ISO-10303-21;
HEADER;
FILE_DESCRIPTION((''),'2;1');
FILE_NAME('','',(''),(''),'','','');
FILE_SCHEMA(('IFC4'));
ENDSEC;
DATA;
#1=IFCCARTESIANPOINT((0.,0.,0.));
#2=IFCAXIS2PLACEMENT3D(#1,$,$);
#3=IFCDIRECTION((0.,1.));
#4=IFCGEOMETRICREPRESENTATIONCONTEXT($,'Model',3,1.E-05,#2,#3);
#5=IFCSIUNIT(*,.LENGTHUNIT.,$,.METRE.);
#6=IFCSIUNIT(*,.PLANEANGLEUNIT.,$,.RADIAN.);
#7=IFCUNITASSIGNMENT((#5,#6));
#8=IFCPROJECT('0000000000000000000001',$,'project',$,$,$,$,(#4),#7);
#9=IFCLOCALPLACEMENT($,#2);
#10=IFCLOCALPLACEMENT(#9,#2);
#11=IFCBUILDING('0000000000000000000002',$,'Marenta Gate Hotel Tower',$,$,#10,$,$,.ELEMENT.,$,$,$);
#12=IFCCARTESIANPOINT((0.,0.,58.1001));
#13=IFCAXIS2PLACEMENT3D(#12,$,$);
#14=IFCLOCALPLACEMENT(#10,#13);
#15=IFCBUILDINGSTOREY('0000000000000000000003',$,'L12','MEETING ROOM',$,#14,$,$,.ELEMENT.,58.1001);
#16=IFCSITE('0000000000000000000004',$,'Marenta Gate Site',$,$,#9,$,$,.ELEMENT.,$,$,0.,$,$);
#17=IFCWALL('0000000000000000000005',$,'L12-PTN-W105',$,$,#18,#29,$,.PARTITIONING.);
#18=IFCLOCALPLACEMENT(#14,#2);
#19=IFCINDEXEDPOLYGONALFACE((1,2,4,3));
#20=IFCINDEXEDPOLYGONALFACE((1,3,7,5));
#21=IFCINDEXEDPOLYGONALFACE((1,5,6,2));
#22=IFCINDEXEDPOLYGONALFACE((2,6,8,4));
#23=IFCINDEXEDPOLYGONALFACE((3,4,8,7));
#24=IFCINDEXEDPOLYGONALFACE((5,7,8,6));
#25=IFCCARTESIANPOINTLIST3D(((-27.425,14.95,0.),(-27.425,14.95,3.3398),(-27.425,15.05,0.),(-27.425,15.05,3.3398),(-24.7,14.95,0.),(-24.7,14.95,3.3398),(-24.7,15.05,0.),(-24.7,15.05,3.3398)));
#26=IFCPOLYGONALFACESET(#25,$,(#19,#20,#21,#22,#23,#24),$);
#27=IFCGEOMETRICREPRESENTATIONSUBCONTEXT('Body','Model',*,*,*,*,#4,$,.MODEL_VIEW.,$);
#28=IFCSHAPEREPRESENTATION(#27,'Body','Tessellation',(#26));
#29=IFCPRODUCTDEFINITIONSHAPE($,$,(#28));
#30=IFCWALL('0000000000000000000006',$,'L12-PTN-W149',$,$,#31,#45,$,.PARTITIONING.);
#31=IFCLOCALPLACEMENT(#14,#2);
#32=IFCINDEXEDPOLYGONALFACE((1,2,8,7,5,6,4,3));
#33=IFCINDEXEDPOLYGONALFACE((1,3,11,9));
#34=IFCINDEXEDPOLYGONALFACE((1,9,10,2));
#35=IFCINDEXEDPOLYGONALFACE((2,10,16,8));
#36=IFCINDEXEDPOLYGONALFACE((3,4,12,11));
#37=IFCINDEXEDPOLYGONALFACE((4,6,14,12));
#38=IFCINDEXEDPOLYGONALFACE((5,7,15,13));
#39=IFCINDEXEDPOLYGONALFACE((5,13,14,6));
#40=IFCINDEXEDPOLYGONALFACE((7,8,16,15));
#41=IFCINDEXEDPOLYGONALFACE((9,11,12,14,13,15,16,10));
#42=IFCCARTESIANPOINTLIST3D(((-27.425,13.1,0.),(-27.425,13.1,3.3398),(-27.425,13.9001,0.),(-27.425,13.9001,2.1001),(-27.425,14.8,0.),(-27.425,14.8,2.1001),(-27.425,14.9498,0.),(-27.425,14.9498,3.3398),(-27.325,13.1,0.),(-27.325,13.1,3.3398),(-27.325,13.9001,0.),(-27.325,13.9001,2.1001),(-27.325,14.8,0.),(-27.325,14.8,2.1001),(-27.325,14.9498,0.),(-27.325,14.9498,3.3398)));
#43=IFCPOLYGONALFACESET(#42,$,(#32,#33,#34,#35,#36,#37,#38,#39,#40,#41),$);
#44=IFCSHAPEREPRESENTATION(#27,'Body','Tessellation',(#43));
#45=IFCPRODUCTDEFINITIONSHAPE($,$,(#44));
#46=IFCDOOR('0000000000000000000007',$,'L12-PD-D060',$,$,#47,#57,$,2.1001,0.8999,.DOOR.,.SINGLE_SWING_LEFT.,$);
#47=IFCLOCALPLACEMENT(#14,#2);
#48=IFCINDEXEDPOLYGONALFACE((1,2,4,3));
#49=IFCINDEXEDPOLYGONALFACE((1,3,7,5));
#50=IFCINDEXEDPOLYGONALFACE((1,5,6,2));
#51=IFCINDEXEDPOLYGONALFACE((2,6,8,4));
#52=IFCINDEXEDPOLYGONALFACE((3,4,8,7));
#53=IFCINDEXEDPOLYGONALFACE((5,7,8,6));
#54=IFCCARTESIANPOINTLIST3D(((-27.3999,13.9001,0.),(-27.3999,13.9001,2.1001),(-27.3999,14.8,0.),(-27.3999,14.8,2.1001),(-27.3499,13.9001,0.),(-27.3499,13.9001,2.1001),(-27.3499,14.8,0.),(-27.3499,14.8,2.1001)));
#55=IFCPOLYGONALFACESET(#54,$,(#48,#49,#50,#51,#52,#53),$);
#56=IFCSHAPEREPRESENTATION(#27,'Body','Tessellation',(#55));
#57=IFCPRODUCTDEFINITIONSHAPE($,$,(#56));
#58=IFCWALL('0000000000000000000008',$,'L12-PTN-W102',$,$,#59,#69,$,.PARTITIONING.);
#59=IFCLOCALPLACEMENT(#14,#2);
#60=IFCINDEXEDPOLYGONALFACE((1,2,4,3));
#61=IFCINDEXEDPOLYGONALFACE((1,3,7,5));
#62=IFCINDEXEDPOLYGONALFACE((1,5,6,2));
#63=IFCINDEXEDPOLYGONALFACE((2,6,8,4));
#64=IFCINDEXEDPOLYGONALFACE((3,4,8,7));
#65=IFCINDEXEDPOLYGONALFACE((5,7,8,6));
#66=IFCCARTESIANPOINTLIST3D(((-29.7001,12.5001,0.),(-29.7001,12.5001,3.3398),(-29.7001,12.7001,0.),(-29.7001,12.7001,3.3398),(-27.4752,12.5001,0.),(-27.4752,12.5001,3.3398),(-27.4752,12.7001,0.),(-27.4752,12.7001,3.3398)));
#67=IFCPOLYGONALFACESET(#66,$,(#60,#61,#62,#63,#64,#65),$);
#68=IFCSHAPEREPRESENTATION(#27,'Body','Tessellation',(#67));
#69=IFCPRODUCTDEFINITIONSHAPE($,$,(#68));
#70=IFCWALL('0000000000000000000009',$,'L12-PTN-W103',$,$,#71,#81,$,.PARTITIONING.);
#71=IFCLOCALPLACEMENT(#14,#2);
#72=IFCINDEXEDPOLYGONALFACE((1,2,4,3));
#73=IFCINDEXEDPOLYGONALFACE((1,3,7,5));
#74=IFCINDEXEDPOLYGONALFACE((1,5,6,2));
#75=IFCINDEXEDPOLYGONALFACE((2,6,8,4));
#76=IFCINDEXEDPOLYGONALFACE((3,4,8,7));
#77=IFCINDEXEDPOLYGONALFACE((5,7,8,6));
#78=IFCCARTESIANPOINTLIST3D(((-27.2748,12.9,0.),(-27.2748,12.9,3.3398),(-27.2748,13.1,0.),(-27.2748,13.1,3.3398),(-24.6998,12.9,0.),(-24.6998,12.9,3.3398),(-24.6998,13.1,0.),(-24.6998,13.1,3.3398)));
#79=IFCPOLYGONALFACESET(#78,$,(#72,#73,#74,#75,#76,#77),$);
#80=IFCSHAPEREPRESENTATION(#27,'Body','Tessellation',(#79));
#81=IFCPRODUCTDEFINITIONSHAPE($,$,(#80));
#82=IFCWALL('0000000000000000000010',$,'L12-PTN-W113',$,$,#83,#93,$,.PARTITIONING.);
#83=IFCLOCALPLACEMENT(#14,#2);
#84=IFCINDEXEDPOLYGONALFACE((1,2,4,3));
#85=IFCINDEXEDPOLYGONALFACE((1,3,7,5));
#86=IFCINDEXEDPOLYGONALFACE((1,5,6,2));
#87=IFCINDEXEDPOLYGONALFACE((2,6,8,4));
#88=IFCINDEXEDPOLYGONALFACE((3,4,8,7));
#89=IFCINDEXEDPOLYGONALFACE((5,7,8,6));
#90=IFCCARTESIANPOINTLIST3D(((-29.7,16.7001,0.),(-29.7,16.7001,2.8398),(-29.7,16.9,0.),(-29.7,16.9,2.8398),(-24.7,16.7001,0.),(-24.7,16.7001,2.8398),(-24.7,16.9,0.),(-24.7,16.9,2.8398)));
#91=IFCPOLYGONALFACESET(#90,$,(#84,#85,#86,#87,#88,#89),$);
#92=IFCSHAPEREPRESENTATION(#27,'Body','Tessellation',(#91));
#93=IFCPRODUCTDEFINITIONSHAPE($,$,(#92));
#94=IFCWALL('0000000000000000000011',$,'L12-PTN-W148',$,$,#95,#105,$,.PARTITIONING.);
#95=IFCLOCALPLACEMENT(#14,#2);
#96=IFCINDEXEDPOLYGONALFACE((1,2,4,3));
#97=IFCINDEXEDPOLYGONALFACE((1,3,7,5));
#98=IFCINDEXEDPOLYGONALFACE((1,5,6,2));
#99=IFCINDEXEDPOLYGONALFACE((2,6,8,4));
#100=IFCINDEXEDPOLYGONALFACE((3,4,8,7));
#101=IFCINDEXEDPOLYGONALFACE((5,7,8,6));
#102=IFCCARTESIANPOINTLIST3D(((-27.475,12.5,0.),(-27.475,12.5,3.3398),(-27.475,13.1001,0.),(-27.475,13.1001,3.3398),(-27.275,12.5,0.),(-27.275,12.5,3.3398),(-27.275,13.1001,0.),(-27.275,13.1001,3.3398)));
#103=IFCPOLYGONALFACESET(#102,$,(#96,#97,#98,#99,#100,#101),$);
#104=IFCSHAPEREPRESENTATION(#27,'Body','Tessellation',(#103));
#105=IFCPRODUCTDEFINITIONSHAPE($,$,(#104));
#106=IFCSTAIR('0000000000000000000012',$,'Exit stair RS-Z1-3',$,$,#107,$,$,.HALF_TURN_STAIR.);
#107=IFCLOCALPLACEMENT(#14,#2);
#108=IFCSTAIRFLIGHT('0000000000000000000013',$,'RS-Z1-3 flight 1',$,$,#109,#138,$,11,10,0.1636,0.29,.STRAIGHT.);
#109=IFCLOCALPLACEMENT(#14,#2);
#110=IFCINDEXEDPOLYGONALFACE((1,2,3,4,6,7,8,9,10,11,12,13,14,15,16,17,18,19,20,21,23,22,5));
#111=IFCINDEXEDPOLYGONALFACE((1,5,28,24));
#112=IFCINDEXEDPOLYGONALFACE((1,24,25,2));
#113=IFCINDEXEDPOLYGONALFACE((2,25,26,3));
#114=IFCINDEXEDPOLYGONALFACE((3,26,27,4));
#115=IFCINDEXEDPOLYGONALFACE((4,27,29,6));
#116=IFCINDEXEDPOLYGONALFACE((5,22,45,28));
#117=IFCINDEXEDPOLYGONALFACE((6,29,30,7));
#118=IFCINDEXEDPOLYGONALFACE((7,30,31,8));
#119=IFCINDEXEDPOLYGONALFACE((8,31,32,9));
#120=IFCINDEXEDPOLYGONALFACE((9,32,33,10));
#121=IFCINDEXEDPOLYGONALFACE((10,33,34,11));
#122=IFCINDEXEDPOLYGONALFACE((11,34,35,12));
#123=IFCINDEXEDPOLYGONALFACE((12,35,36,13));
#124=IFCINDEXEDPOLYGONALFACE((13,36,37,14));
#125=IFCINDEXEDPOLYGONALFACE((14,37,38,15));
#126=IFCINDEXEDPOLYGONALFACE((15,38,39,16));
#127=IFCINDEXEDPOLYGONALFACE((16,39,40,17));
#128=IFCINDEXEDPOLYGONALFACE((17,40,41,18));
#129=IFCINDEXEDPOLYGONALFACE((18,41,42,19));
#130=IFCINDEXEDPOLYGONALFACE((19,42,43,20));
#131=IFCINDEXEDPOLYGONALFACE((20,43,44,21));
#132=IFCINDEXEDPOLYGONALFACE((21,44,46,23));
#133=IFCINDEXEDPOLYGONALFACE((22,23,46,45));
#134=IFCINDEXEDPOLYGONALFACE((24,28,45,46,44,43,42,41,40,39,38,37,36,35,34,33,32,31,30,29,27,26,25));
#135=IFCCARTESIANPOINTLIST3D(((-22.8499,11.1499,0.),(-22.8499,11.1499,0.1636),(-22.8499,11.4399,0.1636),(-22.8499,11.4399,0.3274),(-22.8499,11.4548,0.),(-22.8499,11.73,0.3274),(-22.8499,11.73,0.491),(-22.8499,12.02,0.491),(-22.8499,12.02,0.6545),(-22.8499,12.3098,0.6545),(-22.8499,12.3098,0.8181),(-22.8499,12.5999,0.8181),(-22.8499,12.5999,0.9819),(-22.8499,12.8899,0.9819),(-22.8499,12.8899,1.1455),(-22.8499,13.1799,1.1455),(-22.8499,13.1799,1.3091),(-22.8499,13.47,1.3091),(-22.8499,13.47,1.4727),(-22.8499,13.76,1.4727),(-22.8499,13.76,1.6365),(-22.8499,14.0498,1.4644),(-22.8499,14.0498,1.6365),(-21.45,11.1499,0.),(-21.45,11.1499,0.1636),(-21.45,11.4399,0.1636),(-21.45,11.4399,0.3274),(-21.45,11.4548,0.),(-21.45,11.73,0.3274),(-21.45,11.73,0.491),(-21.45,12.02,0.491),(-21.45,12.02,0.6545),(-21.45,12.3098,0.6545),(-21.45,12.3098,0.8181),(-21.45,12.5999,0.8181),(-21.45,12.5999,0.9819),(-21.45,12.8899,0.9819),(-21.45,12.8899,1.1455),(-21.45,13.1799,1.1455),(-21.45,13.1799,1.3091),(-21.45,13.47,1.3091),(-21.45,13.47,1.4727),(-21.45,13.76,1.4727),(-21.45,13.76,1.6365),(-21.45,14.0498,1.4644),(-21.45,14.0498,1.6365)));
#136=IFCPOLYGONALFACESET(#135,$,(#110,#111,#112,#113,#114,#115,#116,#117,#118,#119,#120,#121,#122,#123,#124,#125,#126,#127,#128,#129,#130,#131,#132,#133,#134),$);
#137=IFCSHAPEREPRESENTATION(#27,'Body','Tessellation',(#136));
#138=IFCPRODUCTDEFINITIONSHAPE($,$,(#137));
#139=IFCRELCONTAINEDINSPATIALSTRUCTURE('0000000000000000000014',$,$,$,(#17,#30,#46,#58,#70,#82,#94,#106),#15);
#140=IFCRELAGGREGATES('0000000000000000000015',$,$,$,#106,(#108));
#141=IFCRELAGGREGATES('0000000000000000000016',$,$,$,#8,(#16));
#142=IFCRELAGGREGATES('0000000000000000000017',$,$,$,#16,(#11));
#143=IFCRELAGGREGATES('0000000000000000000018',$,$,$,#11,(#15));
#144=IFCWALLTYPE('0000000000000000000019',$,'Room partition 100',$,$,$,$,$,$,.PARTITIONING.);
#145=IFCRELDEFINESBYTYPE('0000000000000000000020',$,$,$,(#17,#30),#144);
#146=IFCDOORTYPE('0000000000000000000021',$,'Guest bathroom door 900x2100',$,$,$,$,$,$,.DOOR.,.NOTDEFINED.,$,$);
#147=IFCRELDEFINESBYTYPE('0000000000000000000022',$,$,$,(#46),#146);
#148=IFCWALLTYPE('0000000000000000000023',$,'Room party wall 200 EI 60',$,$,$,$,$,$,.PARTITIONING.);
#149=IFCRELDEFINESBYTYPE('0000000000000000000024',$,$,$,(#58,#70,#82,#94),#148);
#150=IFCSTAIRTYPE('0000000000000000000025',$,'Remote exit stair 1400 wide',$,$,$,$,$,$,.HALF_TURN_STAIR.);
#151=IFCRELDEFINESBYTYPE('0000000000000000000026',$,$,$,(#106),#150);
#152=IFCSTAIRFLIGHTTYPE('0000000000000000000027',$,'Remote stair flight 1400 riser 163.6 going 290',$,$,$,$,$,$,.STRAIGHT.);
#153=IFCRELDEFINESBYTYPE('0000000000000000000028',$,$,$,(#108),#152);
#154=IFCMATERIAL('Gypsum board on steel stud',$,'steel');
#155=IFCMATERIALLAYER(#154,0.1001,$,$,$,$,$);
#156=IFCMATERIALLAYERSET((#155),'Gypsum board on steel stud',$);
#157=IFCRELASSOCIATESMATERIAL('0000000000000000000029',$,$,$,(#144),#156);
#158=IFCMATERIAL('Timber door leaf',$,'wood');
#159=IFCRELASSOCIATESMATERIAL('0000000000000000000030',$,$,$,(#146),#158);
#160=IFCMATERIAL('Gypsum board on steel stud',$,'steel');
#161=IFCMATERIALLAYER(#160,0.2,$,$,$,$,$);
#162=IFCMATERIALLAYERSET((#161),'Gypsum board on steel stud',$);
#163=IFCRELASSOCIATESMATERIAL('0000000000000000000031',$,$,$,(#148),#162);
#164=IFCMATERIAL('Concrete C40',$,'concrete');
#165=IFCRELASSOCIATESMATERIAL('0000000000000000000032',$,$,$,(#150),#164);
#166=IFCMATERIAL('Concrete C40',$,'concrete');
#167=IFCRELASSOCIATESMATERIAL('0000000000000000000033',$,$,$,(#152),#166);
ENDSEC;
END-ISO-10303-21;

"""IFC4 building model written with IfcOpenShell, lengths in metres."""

from ifc_helpers import new_model, si_unit, direction, frame, frame_2d, origin, place, context, subcontext, project, spatial, polyline, rectangle, outline, extrude, material, layer, layer_set, type_object, element, fill, aggregate, save


model = new_model("IFC4")

# Units and contexts
model_context = context("Model", 3, precision=1e-05, world=origin(), true_north=direction((0.0, 1.0)))
body_context = subcontext(model_context, "Body", "Model", "MODEL_VIEW")
ifc_project = project(units=[si_unit("LENGTHUNIT", "METRE"), si_unit("PLANEANGLEUNIT", "RADIAN")], contexts=[model_context])

# Site, building, storey
site_placement = place(None, origin())
site = spatial("IfcSite", under=ifc_project, at=site_placement, Name="Marenta Gate Site", CompositionType="ELEMENT", RefElevation=0.0)
building_placement = place(site_placement, origin())
building = spatial("IfcBuilding", under=site, at=building_placement, Name="Marenta Gate Hotel Tower", CompositionType="ELEMENT")
storey_placement = place(building_placement, frame((0.0, 0.0, 58.1001)))
storey = spatial("IfcBuildingStorey", under=building, at=storey_placement, Name="L12", Description="MEETING ROOM", CompositionType="ELEMENT", Elevation=58.1001)

# Wall
ifc_material_1 = material(Name="Gypsum board on steel stud", Category="steel")
ifc_layer_1 = layer(ifc_material_1, 0.1001)
ifc_layer_set_1 = layer_set([ifc_layer_1], Name="Gypsum board on steel stud")
wall_type_1 = type_object("IfcWallType", Name="Room partition 100", PredefinedType="PARTITIONING", material=ifc_layer_set_1)
wall_1_placement = place(storey_placement, frame((-27.425, 15.0, 0.0), z_axis=(0.0, 0.0, 1.0), x_axis=(1.0, 0.0, 0.0)))
element("IfcWall", 1, at=wall_1_placement, inside=storey, type_object=wall_type_1, Name="L12-PTN-W105", PredefinedType="PARTITIONING", context=body_context, shape_type="SweptSolid", body=[
    extrude(rectangle(XDim=2.7251, YDim=0.1001, at=frame_2d((1.3625, 0.0))), origin(), (0.0, 0.0, 1.0), 3.3398),
])

# Wall, opening, door
wall_2_placement = place(storey_placement, frame((-27.375, 13.1001, 0.0), z_axis=(0.0, 0.0, 1.0), x_axis=(0.0, 1.0, 0.0)))
wall_2 = element("IfcWall", 2, at=wall_2_placement, inside=storey, type_object=wall_type_1, Name="L12-PTN-W149", PredefinedType="PARTITIONING", context=body_context, shape_type="SweptSolid", body=[
    extrude(rectangle(XDim=1.8499, YDim=0.1001, at=frame_2d((0.9248, 0.0))), origin(), (0.0, 0.0, 1.0), 3.3398),
])
opening_placement = place(wall_2_placement, frame((0.8, 0.0, 0.0)))
opening = element("IfcOpeningElement", 3, at=opening_placement, cuts=wall_2, PredefinedType="OPENING", context=body_context, shape_type="SweptSolid", body=[
    extrude(rectangle(XDim=0.8999, YDim=2.1001, at=frame_2d((0.45, 1.05))), frame((0.0, 0.05, 0.0), z_axis=(0.0, -1.0, 0.0), x_axis=(1.0, 0.0, 0.0)), (0.0, 0.0, 1.0), 0.1001),
])
ifc_material_2 = material(Name="Timber door leaf", Category="wood")
door_type = type_object("IfcDoorType", Name="Guest bathroom door 900x2100", OperationType="NOTDEFINED", PredefinedType="DOOR", material=ifc_material_2)
door_placement = place(opening_placement, origin())
door = element("IfcDoor", 4, at=door_placement, inside=storey, type_object=door_type, Name="L12-PD-D060", OperationType="SINGLE_SWING_LEFT", OverallHeight=2.1001, OverallWidth=0.8999, PredefinedType="DOOR", context=body_context, shape_type="SweptSolid", body=[
    extrude(rectangle(XDim=0.8999, YDim=2.1001, at=frame_2d((0.45, 1.05))), frame((0.0, 0.0249, 0.0), z_axis=(0.0, -1.0, 0.0), x_axis=(1.0, 0.0, 0.0)), (0.0, 0.0, 1.0), 0.05),
])
fill(opening, door)

# Walls
ifc_material_3 = material(Name="Gypsum board on steel stud", Category="steel")
ifc_layer_2 = layer(ifc_material_3, 0.2)
ifc_layer_set_2 = layer_set([ifc_layer_2], Name="Gypsum board on steel stud")
wall_type_2 = type_object("IfcWallType", Name="Room party wall 200 EI 60", PredefinedType="PARTITIONING", material=ifc_layer_set_2)
wall_3_placement = place(storey_placement, frame((-29.7, 12.6001, 0.0), z_axis=(0.0, 0.0, 1.0), x_axis=(1.0, 0.0, 0.0)))
element("IfcWall", 5, at=wall_3_placement, inside=storey, type_object=wall_type_2, Name="L12-PTN-W102", PredefinedType="PARTITIONING", context=body_context, shape_type="SweptSolid", body=[
    extrude(rectangle(XDim=2.2249, YDim=0.2, at=frame_2d((1.1123, 0.0))), origin(), (0.0, 0.0, 1.0), 3.3398),
])
wall_4_placement = place(storey_placement, frame((-27.2749, 13.0, 0.0), z_axis=(0.0, 0.0, 1.0), x_axis=(1.0, 0.0, 0.0)))
element("IfcWall", 6, at=wall_4_placement, inside=storey, type_object=wall_type_2, Name="L12-PTN-W103", PredefinedType="PARTITIONING", context=body_context, shape_type="SweptSolid", body=[
    extrude(rectangle(XDim=2.575, YDim=0.2, at=frame_2d((1.2876, 0.0))), origin(), (0.0, 0.0, 1.0), 3.3398),
])
wall_5_placement = place(storey_placement, frame((-29.7, 16.8, 0.0), z_axis=(0.0, 0.0, 1.0), x_axis=(1.0, 0.0, 0.0)))
element("IfcWall", 7, at=wall_5_placement, inside=storey, type_object=wall_type_2, Name="L12-PTN-W113", PredefinedType="PARTITIONING", context=body_context, shape_type="SweptSolid", body=[
    extrude(rectangle(XDim=5.0, YDim=0.2, at=frame_2d((2.5, 0.0))), origin(), (0.0, 0.0, 1.0), 2.8398),
])
wall_6_placement = place(storey_placement, frame((-27.375, 12.5, 0.0), z_axis=(0.0, 0.0, 1.0), x_axis=(0.0, 1.0, 0.0)))
element("IfcWall", 8, at=wall_6_placement, inside=storey, type_object=wall_type_2, Name="L12-PTN-W148", PredefinedType="PARTITIONING", context=body_context, shape_type="SweptSolid", body=[
    extrude(rectangle(XDim=0.6001, YDim=0.2, at=frame_2d((0.3, 0.0))), origin(), (0.0, 0.0, 1.0), 3.3398),
])

# Stair, stair flight
ifc_material_4 = material(Name="Concrete C40", Category="concrete")
stair_type = type_object("IfcStairType", Name="Remote exit stair 1400 wide", PredefinedType="HALF_TURN_STAIR", material=ifc_material_4)
stair_placement = place(storey_placement, origin())
stair = element("IfcStair", 9, at=stair_placement, inside=storey, type_object=stair_type, Name="Exit stair RS-Z1-3", PredefinedType="HALF_TURN_STAIR")
ifc_material_5 = material(Name="Concrete C40", Category="concrete")
stair_flight_type = type_object("IfcStairFlightType", Name="Remote stair flight 1400 riser 163.6 going 290", PredefinedType="STRAIGHT", material=ifc_material_5)
stair_flight_placement = place(storey_placement, frame((-22.1499, 11.1499, 0.0), z_axis=(0.0, 0.0, 1.0), x_axis=(0.0, 1.0, 0.0)))
stair_flight = element("IfcStairFlight", 10, at=stair_flight_placement, type_object=stair_flight_type, Name="RS-Z1-3 flight 1", NumberOfRisers=11, NumberOfTreads=10, PredefinedType="STRAIGHT", RiserHeight=0.1636, TreadLength=0.29, context=body_context, shape_type="SweptSolid", body=[
    extrude(outline(polyline([(0.0, 0.0), (0.0, 0.1636), (0.29, 0.1636), (0.29, 0.3274), (0.5801, 0.3274), (0.5801, 0.491), (0.8701, 0.491), (0.8701, 0.6545), (1.1599, 0.6545), (1.1599, 0.8181), (1.45, 0.8181), (1.45, 0.9819), (1.74, 0.9819), (1.74, 1.1455), (2.03, 1.1455), (2.03, 1.3091), (2.3201, 1.3091), (2.3201, 1.4727), (2.6101, 1.4727), (2.6101, 1.6365), (2.8999, 1.6365), (2.8999, 1.8), (2.8999, 1.4644), (0.3049, 0.0), (0.0, 0.0)])), frame((0.0, 0.7, 0.0), z_axis=(0.0, -1.0, 0.0), x_axis=(1.0, 0.0, 0.0)), (0.0, 0.0, 1.0), 1.3999),
])
aggregate(stair, [stair_flight])

save(model, "model.ifc")
